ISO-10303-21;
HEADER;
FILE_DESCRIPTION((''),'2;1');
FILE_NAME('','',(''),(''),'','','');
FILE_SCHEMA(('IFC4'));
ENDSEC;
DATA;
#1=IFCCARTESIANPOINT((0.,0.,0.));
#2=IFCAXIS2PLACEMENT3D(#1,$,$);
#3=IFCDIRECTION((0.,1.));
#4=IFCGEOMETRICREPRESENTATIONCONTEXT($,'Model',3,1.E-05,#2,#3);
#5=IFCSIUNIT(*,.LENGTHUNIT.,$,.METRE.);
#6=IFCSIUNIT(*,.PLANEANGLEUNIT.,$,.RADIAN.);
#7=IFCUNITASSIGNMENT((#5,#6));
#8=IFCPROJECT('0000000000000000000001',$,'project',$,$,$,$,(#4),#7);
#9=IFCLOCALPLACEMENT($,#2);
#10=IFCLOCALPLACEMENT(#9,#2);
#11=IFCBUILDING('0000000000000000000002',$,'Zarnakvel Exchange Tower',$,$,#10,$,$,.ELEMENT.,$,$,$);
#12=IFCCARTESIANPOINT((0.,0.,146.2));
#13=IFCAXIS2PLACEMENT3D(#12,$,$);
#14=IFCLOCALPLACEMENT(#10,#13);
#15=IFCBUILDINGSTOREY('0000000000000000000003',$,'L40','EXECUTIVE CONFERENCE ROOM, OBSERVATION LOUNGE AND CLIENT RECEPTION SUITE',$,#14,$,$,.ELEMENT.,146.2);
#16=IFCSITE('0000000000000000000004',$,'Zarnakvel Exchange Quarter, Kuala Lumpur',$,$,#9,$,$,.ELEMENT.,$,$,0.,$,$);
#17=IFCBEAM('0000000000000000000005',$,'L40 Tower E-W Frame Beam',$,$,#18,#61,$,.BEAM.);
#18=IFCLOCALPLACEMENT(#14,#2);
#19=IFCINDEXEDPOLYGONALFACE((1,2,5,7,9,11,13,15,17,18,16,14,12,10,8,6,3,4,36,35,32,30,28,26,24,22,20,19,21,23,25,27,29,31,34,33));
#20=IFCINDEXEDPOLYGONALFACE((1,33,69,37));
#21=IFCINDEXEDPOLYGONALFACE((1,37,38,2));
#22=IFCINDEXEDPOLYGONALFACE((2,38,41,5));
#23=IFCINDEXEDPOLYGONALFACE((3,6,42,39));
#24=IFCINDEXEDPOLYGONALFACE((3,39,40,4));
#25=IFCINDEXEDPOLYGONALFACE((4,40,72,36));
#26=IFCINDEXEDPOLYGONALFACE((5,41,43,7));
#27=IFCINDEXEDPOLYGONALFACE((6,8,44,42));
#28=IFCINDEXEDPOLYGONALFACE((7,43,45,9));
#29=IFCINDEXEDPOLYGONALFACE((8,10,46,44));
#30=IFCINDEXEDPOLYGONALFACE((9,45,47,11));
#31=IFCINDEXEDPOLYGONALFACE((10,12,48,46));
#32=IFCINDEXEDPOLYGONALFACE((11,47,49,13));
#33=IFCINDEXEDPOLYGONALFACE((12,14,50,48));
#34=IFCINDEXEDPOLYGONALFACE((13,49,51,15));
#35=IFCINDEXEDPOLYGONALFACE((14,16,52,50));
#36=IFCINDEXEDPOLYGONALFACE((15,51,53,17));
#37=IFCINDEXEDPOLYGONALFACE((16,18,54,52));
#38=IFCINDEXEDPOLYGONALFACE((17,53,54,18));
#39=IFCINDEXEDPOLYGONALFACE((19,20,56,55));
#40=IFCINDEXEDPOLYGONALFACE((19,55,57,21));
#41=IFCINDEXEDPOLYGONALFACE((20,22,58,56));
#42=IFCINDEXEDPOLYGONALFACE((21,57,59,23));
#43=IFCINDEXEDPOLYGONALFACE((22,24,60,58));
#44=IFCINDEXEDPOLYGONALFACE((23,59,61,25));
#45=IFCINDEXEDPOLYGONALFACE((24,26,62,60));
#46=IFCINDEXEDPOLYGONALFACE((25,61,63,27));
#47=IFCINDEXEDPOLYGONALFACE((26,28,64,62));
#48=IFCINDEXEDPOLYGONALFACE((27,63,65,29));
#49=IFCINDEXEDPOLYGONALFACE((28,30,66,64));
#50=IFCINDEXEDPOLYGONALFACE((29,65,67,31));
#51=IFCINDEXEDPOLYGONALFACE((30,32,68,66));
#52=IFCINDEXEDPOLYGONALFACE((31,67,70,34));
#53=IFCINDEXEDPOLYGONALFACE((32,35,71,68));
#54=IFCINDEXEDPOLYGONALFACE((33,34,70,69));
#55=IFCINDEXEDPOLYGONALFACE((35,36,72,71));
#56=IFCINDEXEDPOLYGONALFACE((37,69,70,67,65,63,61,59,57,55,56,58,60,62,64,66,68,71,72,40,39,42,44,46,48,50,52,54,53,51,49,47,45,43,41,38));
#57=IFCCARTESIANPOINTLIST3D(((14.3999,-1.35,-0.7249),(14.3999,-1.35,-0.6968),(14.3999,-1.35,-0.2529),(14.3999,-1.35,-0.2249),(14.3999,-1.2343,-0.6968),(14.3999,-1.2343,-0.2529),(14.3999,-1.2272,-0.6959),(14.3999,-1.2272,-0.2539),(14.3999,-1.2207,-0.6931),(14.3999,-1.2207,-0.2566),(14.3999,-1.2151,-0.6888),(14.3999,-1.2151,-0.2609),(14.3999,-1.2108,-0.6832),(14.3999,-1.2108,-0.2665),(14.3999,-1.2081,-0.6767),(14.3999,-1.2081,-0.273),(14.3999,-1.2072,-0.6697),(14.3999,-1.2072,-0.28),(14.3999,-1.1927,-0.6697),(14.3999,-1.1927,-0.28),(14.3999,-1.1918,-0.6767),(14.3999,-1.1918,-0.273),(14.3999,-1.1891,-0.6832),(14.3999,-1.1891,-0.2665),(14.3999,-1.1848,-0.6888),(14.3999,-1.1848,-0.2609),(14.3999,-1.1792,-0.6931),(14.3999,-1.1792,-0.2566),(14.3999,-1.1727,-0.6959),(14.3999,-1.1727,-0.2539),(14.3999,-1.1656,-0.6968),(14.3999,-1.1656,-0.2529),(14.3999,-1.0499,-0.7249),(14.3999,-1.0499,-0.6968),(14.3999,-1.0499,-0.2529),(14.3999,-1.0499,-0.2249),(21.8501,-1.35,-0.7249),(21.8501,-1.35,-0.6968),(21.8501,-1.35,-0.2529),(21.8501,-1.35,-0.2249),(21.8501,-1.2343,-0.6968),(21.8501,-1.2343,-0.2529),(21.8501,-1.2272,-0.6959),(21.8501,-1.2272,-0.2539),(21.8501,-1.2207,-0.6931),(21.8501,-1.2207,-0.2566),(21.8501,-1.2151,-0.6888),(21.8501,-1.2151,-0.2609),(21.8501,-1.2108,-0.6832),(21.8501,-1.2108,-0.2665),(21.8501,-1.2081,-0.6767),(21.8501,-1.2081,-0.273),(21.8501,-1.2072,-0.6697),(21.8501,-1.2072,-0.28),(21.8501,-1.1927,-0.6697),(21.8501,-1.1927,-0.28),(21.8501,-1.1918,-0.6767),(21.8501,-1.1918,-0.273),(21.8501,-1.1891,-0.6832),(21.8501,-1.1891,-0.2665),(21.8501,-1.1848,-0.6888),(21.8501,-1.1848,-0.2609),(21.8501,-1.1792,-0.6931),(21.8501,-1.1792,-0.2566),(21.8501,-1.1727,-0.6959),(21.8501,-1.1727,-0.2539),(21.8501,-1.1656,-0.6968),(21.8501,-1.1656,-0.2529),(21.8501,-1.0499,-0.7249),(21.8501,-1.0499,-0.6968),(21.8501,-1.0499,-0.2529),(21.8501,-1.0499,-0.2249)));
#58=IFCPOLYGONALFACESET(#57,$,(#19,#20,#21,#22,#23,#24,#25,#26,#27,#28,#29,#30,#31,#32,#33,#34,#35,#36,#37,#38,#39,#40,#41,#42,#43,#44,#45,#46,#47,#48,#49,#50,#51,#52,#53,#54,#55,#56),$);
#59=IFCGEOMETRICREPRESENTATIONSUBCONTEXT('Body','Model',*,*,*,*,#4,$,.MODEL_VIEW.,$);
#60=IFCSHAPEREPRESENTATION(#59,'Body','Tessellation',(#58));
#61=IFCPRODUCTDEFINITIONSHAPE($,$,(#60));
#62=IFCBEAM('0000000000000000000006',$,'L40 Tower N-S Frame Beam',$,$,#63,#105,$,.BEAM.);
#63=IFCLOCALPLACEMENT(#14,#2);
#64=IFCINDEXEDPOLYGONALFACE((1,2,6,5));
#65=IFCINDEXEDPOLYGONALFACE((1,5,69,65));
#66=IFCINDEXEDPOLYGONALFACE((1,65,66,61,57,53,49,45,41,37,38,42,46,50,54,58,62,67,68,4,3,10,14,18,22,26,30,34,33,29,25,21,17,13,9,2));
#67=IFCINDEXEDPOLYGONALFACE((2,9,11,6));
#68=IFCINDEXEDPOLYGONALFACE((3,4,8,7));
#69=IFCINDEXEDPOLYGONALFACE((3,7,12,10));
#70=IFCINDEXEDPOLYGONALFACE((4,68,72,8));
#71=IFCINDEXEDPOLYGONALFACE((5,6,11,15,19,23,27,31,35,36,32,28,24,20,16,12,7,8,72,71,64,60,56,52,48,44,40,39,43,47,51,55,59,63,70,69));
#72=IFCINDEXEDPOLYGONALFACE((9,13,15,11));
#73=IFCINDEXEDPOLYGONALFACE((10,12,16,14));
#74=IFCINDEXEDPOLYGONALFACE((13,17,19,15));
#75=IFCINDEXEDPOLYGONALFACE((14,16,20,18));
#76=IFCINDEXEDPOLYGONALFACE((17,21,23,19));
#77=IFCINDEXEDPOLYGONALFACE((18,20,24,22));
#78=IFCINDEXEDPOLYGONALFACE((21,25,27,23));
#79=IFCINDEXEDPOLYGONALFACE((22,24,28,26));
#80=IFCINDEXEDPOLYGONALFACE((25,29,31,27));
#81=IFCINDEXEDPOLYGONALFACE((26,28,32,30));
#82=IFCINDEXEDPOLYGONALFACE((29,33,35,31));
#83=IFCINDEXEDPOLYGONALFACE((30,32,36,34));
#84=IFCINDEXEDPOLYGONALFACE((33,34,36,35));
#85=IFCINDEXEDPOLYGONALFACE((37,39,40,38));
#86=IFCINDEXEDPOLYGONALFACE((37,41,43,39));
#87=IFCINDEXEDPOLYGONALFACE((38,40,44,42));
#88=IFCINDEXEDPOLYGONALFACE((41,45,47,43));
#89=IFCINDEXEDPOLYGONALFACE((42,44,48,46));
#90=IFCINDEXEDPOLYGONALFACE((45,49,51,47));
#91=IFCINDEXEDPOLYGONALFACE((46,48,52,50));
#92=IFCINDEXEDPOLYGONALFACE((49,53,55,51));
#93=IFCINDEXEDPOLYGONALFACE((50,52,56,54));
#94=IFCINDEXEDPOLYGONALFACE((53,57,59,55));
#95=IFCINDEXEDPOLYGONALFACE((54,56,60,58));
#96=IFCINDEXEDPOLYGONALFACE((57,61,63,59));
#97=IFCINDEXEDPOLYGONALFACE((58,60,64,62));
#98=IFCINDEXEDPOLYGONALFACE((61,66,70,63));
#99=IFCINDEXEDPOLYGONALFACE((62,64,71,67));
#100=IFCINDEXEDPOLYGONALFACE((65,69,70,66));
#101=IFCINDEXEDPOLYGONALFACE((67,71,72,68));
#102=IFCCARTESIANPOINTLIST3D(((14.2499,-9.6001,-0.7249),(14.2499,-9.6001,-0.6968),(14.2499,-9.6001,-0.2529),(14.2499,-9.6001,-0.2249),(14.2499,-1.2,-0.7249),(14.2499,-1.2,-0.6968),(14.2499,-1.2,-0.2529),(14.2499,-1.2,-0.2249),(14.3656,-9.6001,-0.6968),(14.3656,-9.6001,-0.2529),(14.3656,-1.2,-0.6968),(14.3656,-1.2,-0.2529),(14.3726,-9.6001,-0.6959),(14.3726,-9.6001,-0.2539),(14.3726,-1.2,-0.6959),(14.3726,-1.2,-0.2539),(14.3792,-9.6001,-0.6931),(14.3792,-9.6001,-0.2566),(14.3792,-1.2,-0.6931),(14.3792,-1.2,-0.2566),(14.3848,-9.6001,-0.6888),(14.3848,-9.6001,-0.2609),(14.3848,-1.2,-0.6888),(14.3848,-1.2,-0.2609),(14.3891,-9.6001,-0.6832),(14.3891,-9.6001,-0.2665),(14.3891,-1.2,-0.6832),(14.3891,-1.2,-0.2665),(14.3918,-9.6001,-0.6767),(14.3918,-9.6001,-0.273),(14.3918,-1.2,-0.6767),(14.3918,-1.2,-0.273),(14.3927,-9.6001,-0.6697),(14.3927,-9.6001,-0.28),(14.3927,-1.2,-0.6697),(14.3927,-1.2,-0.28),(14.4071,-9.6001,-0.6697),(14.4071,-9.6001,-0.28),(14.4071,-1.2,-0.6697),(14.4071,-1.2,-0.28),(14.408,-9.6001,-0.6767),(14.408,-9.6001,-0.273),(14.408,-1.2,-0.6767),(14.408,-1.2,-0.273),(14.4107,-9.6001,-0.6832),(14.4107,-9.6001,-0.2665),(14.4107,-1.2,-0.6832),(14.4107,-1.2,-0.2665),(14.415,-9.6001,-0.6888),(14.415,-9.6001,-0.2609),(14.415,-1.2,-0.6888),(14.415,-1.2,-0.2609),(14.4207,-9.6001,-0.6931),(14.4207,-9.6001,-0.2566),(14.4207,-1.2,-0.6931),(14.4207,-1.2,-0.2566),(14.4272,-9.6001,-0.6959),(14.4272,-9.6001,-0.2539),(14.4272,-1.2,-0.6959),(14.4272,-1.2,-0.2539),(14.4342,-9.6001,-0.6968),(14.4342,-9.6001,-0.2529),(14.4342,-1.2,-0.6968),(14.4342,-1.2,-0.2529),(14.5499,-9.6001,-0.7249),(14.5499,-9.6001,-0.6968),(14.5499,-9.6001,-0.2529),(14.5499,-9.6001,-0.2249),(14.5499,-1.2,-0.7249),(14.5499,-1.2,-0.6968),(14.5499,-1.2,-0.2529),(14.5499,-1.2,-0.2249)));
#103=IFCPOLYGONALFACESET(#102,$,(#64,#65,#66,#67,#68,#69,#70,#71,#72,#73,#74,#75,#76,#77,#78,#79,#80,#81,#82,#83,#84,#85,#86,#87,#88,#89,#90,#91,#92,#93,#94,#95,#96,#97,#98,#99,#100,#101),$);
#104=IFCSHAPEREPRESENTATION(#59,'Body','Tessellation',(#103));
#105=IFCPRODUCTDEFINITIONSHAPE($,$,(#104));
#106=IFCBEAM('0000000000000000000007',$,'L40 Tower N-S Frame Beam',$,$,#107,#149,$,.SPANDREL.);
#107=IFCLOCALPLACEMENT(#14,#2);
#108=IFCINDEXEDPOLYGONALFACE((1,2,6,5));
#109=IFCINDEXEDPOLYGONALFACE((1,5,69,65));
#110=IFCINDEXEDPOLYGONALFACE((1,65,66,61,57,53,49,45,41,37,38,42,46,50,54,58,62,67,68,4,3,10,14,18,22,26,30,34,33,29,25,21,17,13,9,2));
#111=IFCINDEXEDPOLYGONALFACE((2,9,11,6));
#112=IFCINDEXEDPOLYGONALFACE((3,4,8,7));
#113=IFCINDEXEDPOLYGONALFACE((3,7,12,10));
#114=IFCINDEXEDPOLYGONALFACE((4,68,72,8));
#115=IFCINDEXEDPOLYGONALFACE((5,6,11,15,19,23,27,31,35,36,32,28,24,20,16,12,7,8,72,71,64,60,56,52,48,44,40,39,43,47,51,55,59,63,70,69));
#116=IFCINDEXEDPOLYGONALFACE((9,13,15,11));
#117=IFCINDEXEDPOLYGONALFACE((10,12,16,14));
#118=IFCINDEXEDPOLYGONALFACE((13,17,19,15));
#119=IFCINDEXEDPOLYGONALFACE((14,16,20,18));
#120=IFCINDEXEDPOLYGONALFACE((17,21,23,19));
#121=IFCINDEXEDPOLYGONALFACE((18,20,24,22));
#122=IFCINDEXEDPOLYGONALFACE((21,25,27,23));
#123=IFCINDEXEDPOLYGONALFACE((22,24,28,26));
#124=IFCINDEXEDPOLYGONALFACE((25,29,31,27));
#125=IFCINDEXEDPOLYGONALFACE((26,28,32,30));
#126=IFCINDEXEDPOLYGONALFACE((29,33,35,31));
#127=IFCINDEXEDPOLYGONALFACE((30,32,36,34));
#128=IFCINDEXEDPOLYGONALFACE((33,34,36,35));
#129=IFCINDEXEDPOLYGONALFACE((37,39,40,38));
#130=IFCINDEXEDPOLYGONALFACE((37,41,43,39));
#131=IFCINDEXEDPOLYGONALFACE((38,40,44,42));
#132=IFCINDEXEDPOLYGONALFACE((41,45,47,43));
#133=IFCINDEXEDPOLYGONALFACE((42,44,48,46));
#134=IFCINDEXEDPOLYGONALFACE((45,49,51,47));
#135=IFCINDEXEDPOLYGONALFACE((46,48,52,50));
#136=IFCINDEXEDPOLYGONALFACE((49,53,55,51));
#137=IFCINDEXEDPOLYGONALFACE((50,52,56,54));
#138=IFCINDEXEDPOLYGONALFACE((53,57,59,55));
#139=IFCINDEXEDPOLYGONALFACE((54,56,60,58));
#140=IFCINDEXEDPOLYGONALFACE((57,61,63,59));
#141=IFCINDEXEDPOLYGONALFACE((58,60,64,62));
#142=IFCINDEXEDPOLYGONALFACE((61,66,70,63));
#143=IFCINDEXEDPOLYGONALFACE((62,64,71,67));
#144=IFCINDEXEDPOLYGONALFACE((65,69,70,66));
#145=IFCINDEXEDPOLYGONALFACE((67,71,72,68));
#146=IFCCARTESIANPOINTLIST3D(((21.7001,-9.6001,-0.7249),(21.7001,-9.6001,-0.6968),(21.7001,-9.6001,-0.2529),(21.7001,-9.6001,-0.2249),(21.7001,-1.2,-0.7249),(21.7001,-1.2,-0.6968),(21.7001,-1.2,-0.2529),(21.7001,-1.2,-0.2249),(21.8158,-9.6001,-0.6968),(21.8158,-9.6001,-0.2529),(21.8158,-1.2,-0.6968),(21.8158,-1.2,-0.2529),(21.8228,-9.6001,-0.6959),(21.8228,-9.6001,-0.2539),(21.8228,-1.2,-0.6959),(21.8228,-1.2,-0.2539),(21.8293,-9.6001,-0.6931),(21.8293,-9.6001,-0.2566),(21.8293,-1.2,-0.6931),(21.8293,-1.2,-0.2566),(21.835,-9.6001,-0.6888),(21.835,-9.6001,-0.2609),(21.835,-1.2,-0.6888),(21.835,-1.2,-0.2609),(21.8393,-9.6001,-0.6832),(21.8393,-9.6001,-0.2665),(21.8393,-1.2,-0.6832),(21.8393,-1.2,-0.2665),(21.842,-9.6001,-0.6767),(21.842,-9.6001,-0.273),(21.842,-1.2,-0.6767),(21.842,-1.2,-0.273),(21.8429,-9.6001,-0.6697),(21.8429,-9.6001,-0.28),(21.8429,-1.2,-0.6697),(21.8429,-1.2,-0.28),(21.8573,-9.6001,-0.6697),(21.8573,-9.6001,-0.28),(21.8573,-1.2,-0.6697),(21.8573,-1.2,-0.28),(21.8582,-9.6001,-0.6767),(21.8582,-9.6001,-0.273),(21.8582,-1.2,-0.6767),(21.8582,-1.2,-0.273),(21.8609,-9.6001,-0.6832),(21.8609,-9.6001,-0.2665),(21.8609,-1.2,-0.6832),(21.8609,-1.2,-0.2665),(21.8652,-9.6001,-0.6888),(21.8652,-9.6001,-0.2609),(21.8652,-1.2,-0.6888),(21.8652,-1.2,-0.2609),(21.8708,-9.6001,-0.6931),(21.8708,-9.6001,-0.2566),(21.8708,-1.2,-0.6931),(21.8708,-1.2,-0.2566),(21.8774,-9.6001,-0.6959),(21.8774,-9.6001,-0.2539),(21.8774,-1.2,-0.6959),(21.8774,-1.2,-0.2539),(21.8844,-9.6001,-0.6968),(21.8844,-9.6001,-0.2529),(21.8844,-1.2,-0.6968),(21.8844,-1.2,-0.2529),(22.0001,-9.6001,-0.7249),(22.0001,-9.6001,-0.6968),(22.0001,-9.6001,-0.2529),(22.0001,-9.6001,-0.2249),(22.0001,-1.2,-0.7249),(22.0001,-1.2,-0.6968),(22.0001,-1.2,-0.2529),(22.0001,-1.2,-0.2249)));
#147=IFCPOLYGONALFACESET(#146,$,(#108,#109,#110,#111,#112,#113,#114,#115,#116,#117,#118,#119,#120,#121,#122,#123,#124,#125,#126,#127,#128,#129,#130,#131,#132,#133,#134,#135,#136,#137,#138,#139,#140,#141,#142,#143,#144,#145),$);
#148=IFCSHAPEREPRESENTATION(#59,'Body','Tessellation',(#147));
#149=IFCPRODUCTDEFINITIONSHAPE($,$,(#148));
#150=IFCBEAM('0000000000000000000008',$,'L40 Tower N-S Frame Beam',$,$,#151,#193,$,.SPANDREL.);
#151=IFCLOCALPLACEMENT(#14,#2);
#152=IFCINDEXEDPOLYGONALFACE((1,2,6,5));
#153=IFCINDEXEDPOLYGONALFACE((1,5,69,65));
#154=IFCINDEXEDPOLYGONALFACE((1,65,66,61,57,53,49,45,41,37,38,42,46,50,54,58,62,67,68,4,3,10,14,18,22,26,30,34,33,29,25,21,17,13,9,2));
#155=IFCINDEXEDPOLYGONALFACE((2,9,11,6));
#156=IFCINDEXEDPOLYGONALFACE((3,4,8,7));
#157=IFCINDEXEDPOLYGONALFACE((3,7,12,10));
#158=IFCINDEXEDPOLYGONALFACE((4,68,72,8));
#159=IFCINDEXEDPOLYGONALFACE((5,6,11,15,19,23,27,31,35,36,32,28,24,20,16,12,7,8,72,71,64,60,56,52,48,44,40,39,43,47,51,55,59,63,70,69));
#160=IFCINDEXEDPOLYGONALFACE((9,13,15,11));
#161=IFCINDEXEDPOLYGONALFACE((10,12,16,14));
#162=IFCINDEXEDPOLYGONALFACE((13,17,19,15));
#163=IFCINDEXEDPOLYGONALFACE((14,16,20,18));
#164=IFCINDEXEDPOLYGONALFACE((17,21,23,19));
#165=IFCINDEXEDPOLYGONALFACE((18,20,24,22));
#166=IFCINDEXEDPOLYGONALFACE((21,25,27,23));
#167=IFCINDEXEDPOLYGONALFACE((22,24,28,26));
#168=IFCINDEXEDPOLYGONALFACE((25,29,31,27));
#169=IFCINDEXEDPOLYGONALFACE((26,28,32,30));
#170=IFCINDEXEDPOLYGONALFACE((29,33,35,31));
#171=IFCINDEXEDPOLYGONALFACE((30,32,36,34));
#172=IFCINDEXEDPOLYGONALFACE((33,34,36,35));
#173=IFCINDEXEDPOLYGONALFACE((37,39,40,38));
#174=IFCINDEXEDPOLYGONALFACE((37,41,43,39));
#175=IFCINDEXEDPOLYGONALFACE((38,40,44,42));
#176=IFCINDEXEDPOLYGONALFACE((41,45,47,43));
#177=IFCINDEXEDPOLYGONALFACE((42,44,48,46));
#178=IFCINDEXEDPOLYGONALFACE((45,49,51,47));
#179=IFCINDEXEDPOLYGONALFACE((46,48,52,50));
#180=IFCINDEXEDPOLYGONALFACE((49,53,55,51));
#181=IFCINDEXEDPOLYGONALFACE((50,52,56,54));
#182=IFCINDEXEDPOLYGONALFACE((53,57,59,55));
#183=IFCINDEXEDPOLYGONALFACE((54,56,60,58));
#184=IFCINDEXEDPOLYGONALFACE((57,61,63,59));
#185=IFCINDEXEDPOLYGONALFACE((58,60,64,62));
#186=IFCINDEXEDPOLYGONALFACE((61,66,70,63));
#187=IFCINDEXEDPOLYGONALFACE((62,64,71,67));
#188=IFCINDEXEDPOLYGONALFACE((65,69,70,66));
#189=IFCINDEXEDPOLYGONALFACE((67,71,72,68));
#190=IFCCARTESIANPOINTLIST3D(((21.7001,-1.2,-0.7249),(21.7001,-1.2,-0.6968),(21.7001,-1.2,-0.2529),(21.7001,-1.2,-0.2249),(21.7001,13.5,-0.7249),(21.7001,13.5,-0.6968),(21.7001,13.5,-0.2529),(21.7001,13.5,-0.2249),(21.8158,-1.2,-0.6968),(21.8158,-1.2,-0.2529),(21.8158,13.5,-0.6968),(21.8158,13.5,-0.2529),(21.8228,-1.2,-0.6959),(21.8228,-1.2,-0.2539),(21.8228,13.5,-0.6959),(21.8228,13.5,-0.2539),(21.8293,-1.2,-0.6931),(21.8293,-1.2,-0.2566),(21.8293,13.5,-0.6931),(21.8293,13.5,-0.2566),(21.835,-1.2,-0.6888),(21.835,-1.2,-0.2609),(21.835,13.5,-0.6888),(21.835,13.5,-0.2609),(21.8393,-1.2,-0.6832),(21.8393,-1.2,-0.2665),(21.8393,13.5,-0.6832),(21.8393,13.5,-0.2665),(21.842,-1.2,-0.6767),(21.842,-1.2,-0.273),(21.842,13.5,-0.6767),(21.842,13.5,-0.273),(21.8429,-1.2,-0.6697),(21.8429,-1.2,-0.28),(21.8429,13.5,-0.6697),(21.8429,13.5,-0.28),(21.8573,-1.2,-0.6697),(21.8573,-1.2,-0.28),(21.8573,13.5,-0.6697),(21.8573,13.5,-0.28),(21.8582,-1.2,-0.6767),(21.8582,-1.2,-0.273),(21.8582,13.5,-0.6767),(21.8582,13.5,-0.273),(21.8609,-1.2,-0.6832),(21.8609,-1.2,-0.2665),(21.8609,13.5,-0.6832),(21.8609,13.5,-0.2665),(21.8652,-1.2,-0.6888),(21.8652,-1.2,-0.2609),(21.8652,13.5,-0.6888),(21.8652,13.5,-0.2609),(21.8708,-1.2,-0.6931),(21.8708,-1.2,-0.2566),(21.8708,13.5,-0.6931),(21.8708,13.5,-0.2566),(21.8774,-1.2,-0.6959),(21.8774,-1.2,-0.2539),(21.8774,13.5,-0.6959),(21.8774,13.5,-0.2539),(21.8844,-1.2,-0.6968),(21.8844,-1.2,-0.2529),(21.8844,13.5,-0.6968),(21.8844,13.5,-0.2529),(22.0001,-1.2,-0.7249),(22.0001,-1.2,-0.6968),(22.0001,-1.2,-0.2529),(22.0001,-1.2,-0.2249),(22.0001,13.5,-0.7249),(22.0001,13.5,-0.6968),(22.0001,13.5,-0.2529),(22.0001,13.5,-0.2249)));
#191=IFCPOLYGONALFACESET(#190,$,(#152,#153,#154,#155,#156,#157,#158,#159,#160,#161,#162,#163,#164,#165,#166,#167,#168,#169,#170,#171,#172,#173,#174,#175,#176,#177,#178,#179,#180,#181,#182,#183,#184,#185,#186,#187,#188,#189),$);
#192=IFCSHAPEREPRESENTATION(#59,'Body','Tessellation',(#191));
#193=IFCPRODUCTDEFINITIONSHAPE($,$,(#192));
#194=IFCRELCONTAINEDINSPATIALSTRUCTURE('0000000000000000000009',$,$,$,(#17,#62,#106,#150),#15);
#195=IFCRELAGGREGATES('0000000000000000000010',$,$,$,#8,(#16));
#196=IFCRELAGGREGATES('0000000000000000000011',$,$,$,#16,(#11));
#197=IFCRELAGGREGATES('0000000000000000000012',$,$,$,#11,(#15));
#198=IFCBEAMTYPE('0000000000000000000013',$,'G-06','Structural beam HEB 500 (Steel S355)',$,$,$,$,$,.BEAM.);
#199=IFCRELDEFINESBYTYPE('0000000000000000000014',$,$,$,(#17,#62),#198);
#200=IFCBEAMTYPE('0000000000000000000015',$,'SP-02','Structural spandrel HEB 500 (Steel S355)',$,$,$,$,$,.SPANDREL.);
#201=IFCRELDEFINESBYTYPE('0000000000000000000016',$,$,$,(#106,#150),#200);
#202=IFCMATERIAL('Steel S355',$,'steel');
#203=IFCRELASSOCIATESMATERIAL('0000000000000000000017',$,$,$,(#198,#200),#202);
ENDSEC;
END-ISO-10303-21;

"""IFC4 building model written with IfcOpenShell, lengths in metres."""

from ifc_helpers import new_model, si_unit, direction, frame, origin, origin_2d, place, context, subcontext, project, spatial, i_section, extrude, material, material_profile, profile_set, type_object, element, save


model = new_model("IFC4")

# Units and contexts
model_context = context("Model", 3, precision=1e-05, world=origin(), true_north=direction((0.0, 1.0)))
body_context = subcontext(model_context, "Body", "Model", "MODEL_VIEW")
ifc_project = project(units=[si_unit("LENGTHUNIT", "METRE"), si_unit("PLANEANGLEUNIT", "RADIAN")], contexts=[model_context])

# Site, building, storey
site_placement = place(None, origin())
site = spatial("IfcSite", under=ifc_project, at=site_placement, Name="Zarnakvel Exchange Quarter, Kuala Lumpur", CompositionType="ELEMENT", RefElevation=0.0)
building_placement = place(site_placement, origin())
building = spatial("IfcBuilding", under=site, at=building_placement, Name="Zarnakvel Exchange Tower", CompositionType="ELEMENT")
storey_placement = place(building_placement, frame((0.0, 0.0, 146.2)))
storey = spatial("IfcBuildingStorey", under=building, at=storey_placement, Name="L40", Description="EXECUTIVE CONFERENCE ROOM, OBSERVATION LOUNGE AND CLIENT RECEPTION SUITE", CompositionType="ELEMENT", Elevation=146.2)

# Shared definitions
ifc_material_1 = material(Name="Steel S355", Category="steel")

# Beams
ifc_material_profile_1 = material_profile(ifc_material_1, i_section(OverallWidth=0.3, OverallDepth=0.5, WebThickness=0.0144, FlangeThickness=0.0281, FilletRadius=0.0271, at=origin_2d()))
ifc_profile_set_1 = profile_set([ifc_material_profile_1], Name="Steel S355")
beam_type_1 = type_object("IfcBeamType", Name="G-06", Description="Structural beam HEB 500 (Steel S355)", PredefinedType="BEAM", material=ifc_profile_set_1)
beam_1_placement = place(storey_placement, frame((14.3999, -1.2, -0.4749), z_axis=(1.0, 0.0, 0.0), x_axis=(0.0, 1.0, 0.0)))
element("IfcBeam", 1, at=beam_1_placement, inside=storey, type_object=beam_type_1, Name="L40 Tower E-W Frame Beam", PredefinedType="BEAM", context=body_context, shape_type="SweptSolid", body=[
    extrude(i_section(OverallWidth=0.3, OverallDepth=0.5, WebThickness=0.0144, FlangeThickness=0.0281, FilletRadius=0.0271, at=origin_2d()), origin(), (0.0, 0.0, 1.0), 7.4502),
])
beam_2_placement = place(storey_placement, frame((14.3999, -9.6001, -0.4749), z_axis=(0.0, 1.0, 0.0), x_axis=(-1.0, 0.0, 0.0)))
element("IfcBeam", 2, at=beam_2_placement, inside=storey, type_object=beam_type_1, Name="L40 Tower N-S Frame Beam", PredefinedType="BEAM", context=body_context, shape_type="SweptSolid", body=[
    extrude(i_section(OverallWidth=0.3, OverallDepth=0.5, WebThickness=0.0144, FlangeThickness=0.0281, FilletRadius=0.0271, at=origin_2d()), origin(), (0.0, 0.0, 1.0), 8.4001),
])
ifc_material_profile_2 = material_profile(ifc_material_1, i_section(OverallWidth=0.3, OverallDepth=0.5, WebThickness=0.0144, FlangeThickness=0.0281, FilletRadius=0.0271, at=origin_2d()))
ifc_profile_set_2 = profile_set([ifc_material_profile_2], Name="Steel S355")
beam_type_2 = type_object("IfcBeamType", Name="SP-02", Description="Structural spandrel HEB 500 (Steel S355)", PredefinedType="SPANDREL", material=ifc_profile_set_2)
beam_3_placement = place(storey_placement, frame((21.8501, -9.6001, -0.4749), z_axis=(0.0, 1.0, 0.0), x_axis=(-1.0, 0.0, 0.0)))
element("IfcBeam", 3, at=beam_3_placement, inside=storey, type_object=beam_type_2, Name="L40 Tower N-S Frame Beam", PredefinedType="SPANDREL", context=body_context, shape_type="SweptSolid", body=[
    extrude(i_section(OverallWidth=0.3, OverallDepth=0.5, WebThickness=0.0144, FlangeThickness=0.0281, FilletRadius=0.0271, at=origin_2d()), origin(), (0.0, 0.0, 1.0), 8.4001),
])
beam_4_placement = place(storey_placement, frame((21.8501, -1.2, -0.4749), z_axis=(0.0, 1.0, 0.0), x_axis=(-1.0, 0.0, 0.0)))
element("IfcBeam", 4, at=beam_4_placement, inside=storey, type_object=beam_type_2, Name="L40 Tower N-S Frame Beam", PredefinedType="SPANDREL", context=body_context, shape_type="SweptSolid", body=[
    extrude(i_section(OverallWidth=0.3, OverallDepth=0.5, WebThickness=0.0144, FlangeThickness=0.0281, FilletRadius=0.0271, at=origin_2d()), origin(), (0.0, 0.0, 1.0), 14.7),
])

save(model, "model.ifc")
